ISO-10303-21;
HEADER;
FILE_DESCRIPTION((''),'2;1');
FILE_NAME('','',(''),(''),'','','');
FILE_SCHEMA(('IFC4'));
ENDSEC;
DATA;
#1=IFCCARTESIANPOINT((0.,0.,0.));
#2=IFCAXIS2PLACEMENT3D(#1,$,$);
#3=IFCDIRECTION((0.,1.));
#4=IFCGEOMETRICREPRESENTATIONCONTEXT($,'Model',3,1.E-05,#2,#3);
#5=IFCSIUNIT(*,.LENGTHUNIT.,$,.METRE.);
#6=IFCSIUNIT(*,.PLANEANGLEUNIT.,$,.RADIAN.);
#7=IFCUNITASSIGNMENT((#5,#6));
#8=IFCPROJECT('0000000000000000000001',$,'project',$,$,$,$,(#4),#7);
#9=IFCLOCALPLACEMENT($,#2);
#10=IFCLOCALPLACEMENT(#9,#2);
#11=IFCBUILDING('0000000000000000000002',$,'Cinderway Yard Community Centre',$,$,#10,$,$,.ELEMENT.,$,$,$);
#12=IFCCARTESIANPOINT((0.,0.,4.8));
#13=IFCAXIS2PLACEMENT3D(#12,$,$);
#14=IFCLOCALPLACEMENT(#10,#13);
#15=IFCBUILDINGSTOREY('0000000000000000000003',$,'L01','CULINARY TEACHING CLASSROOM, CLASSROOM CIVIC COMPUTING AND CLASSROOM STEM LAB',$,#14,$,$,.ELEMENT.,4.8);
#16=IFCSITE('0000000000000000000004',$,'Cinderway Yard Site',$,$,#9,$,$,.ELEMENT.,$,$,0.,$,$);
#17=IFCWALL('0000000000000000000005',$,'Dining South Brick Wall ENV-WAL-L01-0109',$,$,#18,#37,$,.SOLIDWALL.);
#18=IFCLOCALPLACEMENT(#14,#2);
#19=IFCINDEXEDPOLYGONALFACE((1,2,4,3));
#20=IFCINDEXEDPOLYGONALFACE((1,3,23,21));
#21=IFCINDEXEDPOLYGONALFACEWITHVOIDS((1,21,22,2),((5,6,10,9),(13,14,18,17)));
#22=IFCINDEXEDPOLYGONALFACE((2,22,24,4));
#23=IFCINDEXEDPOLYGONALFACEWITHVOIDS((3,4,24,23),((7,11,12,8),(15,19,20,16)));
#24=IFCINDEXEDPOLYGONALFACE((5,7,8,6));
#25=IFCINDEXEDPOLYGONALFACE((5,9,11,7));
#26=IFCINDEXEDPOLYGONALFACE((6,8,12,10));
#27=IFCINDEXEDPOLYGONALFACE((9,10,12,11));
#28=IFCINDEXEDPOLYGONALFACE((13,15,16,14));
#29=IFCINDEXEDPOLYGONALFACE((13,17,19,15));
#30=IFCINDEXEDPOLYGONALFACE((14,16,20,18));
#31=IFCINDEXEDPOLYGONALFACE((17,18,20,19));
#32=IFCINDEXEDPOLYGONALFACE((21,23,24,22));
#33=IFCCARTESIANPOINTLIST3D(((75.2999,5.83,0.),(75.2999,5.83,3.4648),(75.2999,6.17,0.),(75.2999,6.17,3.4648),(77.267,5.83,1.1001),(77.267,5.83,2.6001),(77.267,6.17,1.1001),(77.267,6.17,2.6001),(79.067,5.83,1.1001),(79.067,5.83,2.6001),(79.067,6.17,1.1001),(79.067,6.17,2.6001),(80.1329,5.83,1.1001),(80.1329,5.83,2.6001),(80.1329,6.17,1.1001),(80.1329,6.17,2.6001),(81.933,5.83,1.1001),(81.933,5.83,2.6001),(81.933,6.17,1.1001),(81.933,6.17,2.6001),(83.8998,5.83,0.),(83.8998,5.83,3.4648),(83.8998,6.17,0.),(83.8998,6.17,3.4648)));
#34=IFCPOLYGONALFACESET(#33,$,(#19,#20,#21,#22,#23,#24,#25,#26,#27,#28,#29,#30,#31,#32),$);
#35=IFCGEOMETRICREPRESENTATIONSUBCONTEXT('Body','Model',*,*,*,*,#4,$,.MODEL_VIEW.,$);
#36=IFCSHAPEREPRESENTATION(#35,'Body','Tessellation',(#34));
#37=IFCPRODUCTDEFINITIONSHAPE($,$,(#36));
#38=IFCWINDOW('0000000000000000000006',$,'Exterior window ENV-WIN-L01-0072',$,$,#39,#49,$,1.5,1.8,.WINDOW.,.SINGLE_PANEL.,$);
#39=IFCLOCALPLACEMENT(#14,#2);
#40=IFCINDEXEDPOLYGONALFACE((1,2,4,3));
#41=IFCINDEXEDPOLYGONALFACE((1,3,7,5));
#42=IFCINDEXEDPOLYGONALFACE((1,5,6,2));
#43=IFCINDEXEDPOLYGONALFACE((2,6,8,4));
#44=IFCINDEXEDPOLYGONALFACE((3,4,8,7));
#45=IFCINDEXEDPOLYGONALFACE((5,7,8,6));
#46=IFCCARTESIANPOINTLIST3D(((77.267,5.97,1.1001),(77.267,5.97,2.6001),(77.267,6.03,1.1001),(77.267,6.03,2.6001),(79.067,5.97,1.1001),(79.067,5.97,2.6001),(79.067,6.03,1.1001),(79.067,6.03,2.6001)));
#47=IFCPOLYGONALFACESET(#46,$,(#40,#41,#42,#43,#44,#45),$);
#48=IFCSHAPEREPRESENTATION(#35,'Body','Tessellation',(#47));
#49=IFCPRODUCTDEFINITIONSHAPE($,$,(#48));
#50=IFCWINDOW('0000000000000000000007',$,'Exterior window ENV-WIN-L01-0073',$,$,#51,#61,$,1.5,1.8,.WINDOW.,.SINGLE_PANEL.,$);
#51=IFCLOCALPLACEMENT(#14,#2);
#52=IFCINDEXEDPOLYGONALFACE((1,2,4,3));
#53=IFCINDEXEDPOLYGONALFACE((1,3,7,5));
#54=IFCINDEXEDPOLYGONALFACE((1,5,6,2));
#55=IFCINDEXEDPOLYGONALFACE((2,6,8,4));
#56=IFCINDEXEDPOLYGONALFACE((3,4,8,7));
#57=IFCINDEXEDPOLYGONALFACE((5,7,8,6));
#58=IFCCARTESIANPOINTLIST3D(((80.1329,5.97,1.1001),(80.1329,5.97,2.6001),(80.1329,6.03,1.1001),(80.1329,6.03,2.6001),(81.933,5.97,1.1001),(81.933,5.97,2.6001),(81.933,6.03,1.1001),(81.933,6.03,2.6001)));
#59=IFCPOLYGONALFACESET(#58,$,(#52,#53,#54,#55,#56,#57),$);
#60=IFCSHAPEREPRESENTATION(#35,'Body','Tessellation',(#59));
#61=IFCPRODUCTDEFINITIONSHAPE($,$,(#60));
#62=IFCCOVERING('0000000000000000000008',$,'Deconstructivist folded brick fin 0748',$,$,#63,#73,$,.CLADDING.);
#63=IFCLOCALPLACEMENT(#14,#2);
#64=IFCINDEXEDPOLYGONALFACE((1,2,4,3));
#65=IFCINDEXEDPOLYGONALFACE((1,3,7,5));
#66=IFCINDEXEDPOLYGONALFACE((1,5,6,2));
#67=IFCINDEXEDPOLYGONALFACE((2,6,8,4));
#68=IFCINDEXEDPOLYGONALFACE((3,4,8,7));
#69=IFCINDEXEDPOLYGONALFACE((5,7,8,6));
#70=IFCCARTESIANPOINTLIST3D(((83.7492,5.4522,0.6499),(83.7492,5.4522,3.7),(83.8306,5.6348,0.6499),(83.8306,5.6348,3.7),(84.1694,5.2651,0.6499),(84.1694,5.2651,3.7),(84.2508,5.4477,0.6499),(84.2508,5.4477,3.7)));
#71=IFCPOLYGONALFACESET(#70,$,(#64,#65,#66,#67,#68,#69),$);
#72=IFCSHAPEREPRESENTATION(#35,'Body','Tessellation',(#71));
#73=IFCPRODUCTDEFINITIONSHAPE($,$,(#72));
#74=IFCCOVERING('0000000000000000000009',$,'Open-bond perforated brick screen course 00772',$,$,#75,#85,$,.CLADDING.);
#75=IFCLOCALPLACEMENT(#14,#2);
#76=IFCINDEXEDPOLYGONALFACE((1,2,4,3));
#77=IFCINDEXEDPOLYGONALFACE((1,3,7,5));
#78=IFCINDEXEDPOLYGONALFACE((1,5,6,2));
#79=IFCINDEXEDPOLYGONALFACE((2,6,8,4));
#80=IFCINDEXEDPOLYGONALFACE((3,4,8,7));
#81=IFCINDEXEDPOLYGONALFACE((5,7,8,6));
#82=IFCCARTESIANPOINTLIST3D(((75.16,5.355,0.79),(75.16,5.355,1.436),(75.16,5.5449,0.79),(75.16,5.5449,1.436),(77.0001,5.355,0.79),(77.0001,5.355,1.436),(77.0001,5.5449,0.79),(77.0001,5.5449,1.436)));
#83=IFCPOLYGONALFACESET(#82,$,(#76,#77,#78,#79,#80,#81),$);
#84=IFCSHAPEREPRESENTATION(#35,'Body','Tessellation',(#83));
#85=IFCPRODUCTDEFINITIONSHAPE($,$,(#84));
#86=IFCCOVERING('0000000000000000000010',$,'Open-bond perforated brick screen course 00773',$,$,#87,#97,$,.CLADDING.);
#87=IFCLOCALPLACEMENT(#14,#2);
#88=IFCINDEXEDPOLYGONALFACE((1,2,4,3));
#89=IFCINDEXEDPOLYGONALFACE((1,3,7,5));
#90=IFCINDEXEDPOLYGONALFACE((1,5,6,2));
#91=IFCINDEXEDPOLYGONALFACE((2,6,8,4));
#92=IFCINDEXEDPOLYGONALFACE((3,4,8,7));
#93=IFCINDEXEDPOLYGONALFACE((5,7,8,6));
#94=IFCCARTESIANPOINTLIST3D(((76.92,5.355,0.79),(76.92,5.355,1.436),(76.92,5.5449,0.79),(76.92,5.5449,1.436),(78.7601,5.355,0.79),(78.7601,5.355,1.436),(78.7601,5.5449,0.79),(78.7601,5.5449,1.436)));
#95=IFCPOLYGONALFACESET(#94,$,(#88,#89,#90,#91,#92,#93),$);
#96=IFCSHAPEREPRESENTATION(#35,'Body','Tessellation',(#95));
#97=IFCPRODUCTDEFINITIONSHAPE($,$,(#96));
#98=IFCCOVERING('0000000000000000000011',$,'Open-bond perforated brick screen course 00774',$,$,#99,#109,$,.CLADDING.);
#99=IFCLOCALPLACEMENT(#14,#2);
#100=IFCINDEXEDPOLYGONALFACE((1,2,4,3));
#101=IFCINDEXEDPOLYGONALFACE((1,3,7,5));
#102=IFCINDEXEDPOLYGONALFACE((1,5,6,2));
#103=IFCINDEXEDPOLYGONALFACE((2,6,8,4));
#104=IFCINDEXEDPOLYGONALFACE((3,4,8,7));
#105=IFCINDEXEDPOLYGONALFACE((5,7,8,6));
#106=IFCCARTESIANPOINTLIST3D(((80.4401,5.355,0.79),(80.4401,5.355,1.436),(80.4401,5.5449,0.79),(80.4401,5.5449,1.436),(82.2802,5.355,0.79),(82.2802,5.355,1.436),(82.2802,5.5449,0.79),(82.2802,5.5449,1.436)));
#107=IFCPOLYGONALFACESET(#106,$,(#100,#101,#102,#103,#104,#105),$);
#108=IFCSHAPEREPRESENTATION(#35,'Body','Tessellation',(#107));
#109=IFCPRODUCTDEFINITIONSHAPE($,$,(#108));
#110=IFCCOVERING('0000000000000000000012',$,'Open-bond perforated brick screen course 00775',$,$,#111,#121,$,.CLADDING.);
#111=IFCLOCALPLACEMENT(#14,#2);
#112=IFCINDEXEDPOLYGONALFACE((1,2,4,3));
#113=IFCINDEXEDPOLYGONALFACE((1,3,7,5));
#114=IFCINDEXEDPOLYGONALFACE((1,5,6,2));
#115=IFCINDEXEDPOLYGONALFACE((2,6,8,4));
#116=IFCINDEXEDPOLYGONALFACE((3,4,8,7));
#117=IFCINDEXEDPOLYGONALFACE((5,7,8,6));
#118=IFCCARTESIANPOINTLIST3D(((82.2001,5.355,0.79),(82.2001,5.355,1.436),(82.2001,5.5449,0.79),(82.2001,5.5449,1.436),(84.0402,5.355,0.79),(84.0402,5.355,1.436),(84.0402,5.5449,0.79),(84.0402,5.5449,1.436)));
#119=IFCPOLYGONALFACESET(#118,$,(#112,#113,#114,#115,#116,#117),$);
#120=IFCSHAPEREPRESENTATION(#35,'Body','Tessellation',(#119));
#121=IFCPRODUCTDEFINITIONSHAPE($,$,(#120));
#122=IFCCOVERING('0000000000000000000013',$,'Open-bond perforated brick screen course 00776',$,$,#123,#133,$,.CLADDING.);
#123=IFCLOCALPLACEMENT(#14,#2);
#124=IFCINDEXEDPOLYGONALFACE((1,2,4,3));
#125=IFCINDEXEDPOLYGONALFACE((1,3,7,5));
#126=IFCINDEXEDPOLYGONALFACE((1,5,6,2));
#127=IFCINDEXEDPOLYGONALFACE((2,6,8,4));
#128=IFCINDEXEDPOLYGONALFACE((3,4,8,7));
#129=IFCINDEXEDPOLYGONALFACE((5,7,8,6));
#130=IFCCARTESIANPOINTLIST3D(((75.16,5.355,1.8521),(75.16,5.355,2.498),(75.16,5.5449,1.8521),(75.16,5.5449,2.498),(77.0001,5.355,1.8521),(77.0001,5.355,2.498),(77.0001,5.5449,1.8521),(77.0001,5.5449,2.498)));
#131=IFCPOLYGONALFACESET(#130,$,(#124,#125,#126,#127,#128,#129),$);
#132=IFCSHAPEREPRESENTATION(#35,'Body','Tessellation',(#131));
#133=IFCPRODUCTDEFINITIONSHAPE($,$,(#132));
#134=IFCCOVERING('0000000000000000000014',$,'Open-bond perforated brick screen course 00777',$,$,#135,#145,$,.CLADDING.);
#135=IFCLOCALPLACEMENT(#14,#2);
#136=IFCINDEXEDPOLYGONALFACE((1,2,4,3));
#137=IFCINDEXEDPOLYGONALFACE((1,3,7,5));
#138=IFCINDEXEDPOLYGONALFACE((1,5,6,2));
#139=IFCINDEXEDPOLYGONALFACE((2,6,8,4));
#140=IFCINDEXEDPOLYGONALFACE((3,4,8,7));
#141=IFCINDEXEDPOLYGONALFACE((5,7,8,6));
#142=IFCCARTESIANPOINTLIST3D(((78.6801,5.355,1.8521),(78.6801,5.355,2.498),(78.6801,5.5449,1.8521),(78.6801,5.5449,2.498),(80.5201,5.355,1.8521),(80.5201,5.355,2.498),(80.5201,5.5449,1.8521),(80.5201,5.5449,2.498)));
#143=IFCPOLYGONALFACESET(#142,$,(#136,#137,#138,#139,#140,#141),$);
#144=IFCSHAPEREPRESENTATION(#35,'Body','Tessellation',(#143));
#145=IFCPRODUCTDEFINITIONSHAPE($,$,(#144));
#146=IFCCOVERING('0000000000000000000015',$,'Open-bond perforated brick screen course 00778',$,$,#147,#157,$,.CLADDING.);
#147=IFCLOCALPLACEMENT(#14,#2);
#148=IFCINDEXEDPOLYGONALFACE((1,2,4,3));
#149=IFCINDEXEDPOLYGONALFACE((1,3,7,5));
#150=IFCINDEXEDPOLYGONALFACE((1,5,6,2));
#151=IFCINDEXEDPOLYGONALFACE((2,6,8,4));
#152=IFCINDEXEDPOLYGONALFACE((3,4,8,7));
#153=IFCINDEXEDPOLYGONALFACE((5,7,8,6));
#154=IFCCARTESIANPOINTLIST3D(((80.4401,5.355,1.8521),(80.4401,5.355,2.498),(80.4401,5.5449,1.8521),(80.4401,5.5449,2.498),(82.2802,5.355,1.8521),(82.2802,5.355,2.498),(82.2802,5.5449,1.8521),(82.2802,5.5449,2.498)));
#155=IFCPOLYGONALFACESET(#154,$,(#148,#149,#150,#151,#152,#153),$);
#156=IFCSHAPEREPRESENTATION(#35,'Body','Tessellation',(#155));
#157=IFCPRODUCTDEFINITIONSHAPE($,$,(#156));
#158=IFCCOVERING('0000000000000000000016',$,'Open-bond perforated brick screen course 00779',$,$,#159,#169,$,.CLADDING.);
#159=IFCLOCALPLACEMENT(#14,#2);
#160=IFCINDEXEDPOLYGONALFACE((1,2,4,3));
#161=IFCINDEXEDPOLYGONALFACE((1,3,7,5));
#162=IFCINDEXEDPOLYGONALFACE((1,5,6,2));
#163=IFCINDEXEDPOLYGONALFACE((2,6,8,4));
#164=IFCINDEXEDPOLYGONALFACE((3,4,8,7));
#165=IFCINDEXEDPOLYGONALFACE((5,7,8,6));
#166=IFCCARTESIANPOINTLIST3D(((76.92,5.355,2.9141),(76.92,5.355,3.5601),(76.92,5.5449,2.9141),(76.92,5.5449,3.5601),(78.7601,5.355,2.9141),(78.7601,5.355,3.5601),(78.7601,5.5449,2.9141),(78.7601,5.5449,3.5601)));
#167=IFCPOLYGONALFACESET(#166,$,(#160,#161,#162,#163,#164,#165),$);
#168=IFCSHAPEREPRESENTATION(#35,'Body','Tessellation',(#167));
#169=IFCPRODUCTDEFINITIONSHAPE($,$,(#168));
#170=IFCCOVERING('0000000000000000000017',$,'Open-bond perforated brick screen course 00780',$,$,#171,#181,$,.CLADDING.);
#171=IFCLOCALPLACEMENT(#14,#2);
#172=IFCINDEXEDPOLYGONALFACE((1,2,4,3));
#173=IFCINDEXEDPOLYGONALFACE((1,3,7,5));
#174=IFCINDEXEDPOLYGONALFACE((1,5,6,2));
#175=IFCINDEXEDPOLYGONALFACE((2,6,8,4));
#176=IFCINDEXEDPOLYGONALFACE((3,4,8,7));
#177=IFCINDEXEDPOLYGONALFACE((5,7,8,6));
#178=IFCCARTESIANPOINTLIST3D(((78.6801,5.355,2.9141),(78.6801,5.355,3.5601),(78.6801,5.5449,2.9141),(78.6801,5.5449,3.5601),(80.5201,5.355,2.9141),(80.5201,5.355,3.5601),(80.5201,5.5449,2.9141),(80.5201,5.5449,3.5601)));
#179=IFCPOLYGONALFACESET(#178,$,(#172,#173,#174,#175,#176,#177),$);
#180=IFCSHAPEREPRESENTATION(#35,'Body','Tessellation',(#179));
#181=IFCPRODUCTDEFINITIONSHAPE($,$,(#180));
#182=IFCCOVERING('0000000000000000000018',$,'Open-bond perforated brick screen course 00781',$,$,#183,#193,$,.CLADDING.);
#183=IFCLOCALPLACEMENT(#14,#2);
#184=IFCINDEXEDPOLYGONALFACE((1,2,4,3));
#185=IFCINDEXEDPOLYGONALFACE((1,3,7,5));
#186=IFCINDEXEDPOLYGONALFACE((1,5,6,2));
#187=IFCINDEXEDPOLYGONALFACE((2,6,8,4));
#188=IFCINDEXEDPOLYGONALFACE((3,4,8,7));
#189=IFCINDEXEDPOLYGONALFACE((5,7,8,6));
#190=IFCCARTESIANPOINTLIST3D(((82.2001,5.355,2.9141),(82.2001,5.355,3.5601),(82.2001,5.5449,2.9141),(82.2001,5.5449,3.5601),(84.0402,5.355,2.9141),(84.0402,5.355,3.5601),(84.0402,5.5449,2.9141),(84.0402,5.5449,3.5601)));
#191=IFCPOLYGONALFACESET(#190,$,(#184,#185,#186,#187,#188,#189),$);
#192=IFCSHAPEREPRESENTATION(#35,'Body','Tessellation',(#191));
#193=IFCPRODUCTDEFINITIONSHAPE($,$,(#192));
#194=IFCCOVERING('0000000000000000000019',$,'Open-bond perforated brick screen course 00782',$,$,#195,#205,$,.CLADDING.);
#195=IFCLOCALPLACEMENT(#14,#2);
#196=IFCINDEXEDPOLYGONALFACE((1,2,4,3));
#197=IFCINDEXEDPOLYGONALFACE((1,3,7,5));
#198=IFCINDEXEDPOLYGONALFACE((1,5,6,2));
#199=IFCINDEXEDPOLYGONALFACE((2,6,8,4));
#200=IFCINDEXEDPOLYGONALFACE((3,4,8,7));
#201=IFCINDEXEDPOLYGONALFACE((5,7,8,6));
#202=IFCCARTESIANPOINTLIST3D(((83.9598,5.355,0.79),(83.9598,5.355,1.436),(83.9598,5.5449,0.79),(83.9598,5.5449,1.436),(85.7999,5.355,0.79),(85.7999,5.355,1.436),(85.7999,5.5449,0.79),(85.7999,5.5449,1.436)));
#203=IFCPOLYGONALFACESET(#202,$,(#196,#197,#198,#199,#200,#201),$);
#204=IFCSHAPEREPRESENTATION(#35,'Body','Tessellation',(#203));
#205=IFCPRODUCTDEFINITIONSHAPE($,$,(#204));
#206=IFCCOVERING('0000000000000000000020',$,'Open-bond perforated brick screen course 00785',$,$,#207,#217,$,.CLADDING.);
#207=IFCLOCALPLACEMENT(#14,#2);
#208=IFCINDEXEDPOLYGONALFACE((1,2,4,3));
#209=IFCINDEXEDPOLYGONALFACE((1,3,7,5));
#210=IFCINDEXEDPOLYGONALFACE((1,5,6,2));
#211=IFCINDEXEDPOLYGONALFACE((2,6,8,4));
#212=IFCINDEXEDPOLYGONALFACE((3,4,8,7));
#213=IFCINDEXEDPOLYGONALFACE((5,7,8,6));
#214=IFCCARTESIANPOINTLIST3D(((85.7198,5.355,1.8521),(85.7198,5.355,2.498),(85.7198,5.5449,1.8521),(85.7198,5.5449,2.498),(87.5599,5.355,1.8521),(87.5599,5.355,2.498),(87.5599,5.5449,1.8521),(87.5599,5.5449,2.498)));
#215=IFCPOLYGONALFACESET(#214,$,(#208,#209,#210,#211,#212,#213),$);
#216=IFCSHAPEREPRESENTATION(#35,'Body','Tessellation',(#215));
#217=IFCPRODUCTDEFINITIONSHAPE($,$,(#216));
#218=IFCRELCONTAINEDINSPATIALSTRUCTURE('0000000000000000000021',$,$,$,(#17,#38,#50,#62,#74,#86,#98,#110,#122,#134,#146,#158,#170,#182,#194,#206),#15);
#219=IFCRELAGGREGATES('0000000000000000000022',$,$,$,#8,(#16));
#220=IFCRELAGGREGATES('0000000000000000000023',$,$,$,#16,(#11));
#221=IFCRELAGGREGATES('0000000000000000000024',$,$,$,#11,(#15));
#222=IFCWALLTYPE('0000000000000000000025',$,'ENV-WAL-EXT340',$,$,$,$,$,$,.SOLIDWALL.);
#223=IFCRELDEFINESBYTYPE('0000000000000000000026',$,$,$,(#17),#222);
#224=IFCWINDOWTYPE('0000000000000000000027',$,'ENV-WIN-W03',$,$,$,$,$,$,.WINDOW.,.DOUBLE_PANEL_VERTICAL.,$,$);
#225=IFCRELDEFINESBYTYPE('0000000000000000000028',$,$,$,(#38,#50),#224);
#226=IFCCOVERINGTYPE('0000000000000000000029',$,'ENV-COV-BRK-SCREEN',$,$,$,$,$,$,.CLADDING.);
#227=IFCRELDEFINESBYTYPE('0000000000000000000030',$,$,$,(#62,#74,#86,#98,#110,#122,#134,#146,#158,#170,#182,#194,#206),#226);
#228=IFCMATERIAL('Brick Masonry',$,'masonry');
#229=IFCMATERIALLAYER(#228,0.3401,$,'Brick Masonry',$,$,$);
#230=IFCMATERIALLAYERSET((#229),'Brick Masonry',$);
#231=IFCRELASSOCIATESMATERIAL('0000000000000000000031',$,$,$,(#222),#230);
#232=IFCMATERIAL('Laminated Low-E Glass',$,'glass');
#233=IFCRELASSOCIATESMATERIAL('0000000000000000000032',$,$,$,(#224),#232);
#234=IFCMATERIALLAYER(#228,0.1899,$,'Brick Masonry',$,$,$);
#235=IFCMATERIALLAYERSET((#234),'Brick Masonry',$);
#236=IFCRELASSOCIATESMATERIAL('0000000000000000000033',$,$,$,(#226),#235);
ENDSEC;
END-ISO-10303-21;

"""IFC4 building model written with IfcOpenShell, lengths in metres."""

from ifc_helpers import new_model, si_unit, direction, frame, frame_2d, origin, origin_2d, place, context, subcontext, project, spatial, rectangle, extrude, material, layer, layer_set, type_object, element, fill, save


model = new_model("IFC4")

# Units and contexts
model_context = context("Model", 3, precision=1e-05, world=origin(), true_north=direction((0.0, 1.0)))
body_context = subcontext(model_context, "Body", "Model", "MODEL_VIEW")
ifc_project = project(units=[si_unit("LENGTHUNIT", "METRE"), si_unit("PLANEANGLEUNIT", "RADIAN")], contexts=[model_context])

# Site, building, storey
site_placement = place(None, origin())
site = spatial("IfcSite", under=ifc_project, at=site_placement, Name="Cinderway Yard Site", CompositionType="ELEMENT", RefElevation=0.0)
building_placement = place(site_placement, origin())
building = spatial("IfcBuilding", under=site, at=building_placement, Name="Cinderway Yard Community Centre", CompositionType="ELEMENT")
storey_placement = place(building_placement, frame((0.0, 0.0, 4.8)))
storey = spatial("IfcBuildingStorey", under=building, at=storey_placement, Name="L01", Description="CULINARY TEACHING CLASSROOM, CLASSROOM CIVIC COMPUTING AND CLASSROOM STEM LAB", CompositionType="ELEMENT", Elevation=4.8)

# Wall, openings, windows
ifc_material_1 = material(Name="Brick Masonry", Category="masonry")
ifc_layer_1 = layer(ifc_material_1, 0.3401, Name="Brick Masonry")
ifc_layer_set_1 = layer_set([ifc_layer_1], Name="Brick Masonry")
wall_type = type_object("IfcWallType", Name="ENV-WAL-EXT340", PredefinedType="SOLIDWALL", material=ifc_layer_set_1)
wall_placement = place(storey_placement, frame((75.3, 6.0, 0.0), z_axis=(0.0, 0.0, 1.0), x_axis=(1.0, 0.0, 0.0)))
wall = element("IfcWall", 1, at=wall_placement, inside=storey, type_object=wall_type, Name="Dining South Brick Wall ENV-WAL-L01-0109", PredefinedType="SOLIDWALL", context=body_context, shape_type="SweptSolid", body=[
    extrude(rectangle(XDim=8.5999, YDim=0.3401, at=frame_2d((4.2998, 0.0))), origin(), (0.0, 0.0, 1.0), 3.4648),
])
opening_1_placement = place(wall_placement, frame((1.967, 0.0, 1.1001)))
opening_1 = element("IfcOpeningElement", 2, at=opening_1_placement, cuts=wall, PredefinedType="OPENING", context=body_context, shape_type="SweptSolid", body=[
    extrude(rectangle(XDim=1.8, YDim=1.5, at=frame_2d((0.8999, 0.75))), frame((0.0, 0.1799, 0.0), z_axis=(0.0, -1.0, 0.0), x_axis=(1.0, 0.0, 0.0)), (0.0, 0.0, 1.0), 0.3601),
])
opening_2_placement = place(wall_placement, frame((4.833, 0.0, 1.1001)))
opening_2 = element("IfcOpeningElement", 3, at=opening_2_placement, cuts=wall, PredefinedType="OPENING", context=body_context, shape_type="SweptSolid", body=[
    extrude(rectangle(XDim=1.8, YDim=1.5, at=frame_2d((0.8999, 0.75))), frame((0.0, 0.1799, 0.0), z_axis=(0.0, -1.0, 0.0), x_axis=(1.0, 0.0, 0.0)), (0.0, 0.0, 1.0), 0.3601),
])
ifc_material_2 = material(Name="Laminated Low-E Glass", Category="glass")
window_type = type_object("IfcWindowType", Name="ENV-WIN-W03", PartitioningType="DOUBLE_PANEL_VERTICAL", PredefinedType="WINDOW", material=ifc_material_2)
window_1_placement = place(opening_1_placement, origin())
window_1 = element("IfcWindow", 4, at=window_1_placement, inside=storey, type_object=window_type, Name="Exterior window ENV-WIN-L01-0072", OverallHeight=1.5, OverallWidth=1.8, PartitioningType="SINGLE_PANEL", PredefinedType="WINDOW", context=body_context, shape_type="SweptSolid", body=[
    extrude(rectangle(XDim=1.8, YDim=1.5, at=frame_2d((0.8999, 0.75))), frame((0.0, 0.03, 0.0), z_axis=(0.0, -1.0, 0.0), x_axis=(1.0, 0.0, 0.0)), (0.0, 0.0, 1.0), 0.0601),
])
fill(opening_1, window_1)
window_2_placement = place(opening_2_placement, origin())
window_2 = element("IfcWindow", 5, at=window_2_placement, inside=storey, type_object=window_type, Name="Exterior window ENV-WIN-L01-0073", OverallHeight=1.5, OverallWidth=1.8, PartitioningType="SINGLE_PANEL", PredefinedType="WINDOW", context=body_context, shape_type="SweptSolid", body=[
    extrude(rectangle(XDim=1.8, YDim=1.5, at=frame_2d((0.8999, 0.75))), frame((0.0, 0.03, 0.0), z_axis=(0.0, -1.0, 0.0), x_axis=(1.0, 0.0, 0.0)), (0.0, 0.0, 1.0), 0.0601),
])
fill(opening_2, window_2)

# Coverings
ifc_layer_2 = layer(ifc_material_1, 0.1899, Name="Brick Masonry")
ifc_layer_set_2 = layer_set([ifc_layer_2], Name="Brick Masonry")
covering_type = type_object("IfcCoveringType", Name="ENV-COV-BRK-SCREEN", PredefinedType="CLADDING", material=ifc_layer_set_2)
covering_placement = place(storey_placement, frame((84.0, 5.45, 0.6499), z_axis=(0.0, 0.0, 1.0), x_axis=(-0.913545, 0.406737, 0.0)))
element("IfcCovering", 6, at=covering_placement, inside=storey, type_object=covering_type, Name="Deconstructivist folded brick fin 0748", PredefinedType="CLADDING", context=body_context, shape_type="SweptSolid", body=[
    extrude(rectangle(XDim=0.46, YDim=0.2, at=origin_2d()), origin(), (0.0, 0.0, 1.0), 3.05),
])
for number, where, z_axis, x_axis, name in (
    (7, (76.0801, 5.45, 0.79), (0.0, 0.0, 1.0), (-1.0, 0.0, 0.0), "Open-bond perforated brick screen course 00772"),
    (8, (77.8401, 5.45, 0.79), (0.0, 0.0, 1.0), (-1.0, 0.0, 0.0), "Open-bond perforated brick screen course 00773"),
    (9, (81.3601, 5.45, 0.79), (0.0, 0.0, 1.0), (-1.0, 0.0, 0.0), "Open-bond perforated brick screen course 00774"),
    (10, (83.1201, 5.45, 0.79), (0.0, 0.0, 1.0), (-1.0, 0.0, 0.0), "Open-bond perforated brick screen course 00775"),
    (11, (76.0801, 5.45, 1.8521), (0.0, 0.0, 1.0), (-1.0, 0.0, 0.0), "Open-bond perforated brick screen course 00776"),
    (12, (79.6001, 5.45, 1.8521), (0.0, 0.0, 1.0), (-1.0, 0.0, 0.0), "Open-bond perforated brick screen course 00777"),
    (13, (81.3601, 5.45, 1.8521), (0.0, 0.0, 1.0), (-1.0, 0.0, 0.0), "Open-bond perforated brick screen course 00778"),
    (14, (77.8401, 5.45, 2.9141), (0.0, 0.0, 1.0), (-1.0, 0.0, 0.0), "Open-bond perforated brick screen course 00779"),
    (15, (79.6001, 5.45, 2.9141), (0.0, 0.0, 1.0), (-1.0, 0.0, 0.0), "Open-bond perforated brick screen course 00780"),
    (16, (83.1201, 5.45, 2.9141), (0.0, 0.0, 1.0), (-1.0, 0.0, 0.0), "Open-bond perforated brick screen course 00781"),
    (17, (84.8799, 5.45, 0.79), (0.0, 0.0, 1.0), (-1.0, 0.0, 0.0), "Open-bond perforated brick screen course 00782"),
    (18, (86.6399, 5.45, 1.8521), (0.0, 0.0, 1.0), (-1.0, 0.0, 0.0), "Open-bond perforated brick screen course 00785"),
):
    element("IfcCovering", number, at=place(storey_placement, frame(where, z_axis=z_axis, x_axis=x_axis)), inside=storey, type_object=covering_type, Name=name, PredefinedType="CLADDING", context=body_context, shape_type="SweptSolid", body=[
        extrude(rectangle(XDim=1.8401, YDim=0.1899, at=origin_2d()), origin(), (0.0, 0.0, 1.0), 0.646),
    ])

save(model, "model.ifc")
